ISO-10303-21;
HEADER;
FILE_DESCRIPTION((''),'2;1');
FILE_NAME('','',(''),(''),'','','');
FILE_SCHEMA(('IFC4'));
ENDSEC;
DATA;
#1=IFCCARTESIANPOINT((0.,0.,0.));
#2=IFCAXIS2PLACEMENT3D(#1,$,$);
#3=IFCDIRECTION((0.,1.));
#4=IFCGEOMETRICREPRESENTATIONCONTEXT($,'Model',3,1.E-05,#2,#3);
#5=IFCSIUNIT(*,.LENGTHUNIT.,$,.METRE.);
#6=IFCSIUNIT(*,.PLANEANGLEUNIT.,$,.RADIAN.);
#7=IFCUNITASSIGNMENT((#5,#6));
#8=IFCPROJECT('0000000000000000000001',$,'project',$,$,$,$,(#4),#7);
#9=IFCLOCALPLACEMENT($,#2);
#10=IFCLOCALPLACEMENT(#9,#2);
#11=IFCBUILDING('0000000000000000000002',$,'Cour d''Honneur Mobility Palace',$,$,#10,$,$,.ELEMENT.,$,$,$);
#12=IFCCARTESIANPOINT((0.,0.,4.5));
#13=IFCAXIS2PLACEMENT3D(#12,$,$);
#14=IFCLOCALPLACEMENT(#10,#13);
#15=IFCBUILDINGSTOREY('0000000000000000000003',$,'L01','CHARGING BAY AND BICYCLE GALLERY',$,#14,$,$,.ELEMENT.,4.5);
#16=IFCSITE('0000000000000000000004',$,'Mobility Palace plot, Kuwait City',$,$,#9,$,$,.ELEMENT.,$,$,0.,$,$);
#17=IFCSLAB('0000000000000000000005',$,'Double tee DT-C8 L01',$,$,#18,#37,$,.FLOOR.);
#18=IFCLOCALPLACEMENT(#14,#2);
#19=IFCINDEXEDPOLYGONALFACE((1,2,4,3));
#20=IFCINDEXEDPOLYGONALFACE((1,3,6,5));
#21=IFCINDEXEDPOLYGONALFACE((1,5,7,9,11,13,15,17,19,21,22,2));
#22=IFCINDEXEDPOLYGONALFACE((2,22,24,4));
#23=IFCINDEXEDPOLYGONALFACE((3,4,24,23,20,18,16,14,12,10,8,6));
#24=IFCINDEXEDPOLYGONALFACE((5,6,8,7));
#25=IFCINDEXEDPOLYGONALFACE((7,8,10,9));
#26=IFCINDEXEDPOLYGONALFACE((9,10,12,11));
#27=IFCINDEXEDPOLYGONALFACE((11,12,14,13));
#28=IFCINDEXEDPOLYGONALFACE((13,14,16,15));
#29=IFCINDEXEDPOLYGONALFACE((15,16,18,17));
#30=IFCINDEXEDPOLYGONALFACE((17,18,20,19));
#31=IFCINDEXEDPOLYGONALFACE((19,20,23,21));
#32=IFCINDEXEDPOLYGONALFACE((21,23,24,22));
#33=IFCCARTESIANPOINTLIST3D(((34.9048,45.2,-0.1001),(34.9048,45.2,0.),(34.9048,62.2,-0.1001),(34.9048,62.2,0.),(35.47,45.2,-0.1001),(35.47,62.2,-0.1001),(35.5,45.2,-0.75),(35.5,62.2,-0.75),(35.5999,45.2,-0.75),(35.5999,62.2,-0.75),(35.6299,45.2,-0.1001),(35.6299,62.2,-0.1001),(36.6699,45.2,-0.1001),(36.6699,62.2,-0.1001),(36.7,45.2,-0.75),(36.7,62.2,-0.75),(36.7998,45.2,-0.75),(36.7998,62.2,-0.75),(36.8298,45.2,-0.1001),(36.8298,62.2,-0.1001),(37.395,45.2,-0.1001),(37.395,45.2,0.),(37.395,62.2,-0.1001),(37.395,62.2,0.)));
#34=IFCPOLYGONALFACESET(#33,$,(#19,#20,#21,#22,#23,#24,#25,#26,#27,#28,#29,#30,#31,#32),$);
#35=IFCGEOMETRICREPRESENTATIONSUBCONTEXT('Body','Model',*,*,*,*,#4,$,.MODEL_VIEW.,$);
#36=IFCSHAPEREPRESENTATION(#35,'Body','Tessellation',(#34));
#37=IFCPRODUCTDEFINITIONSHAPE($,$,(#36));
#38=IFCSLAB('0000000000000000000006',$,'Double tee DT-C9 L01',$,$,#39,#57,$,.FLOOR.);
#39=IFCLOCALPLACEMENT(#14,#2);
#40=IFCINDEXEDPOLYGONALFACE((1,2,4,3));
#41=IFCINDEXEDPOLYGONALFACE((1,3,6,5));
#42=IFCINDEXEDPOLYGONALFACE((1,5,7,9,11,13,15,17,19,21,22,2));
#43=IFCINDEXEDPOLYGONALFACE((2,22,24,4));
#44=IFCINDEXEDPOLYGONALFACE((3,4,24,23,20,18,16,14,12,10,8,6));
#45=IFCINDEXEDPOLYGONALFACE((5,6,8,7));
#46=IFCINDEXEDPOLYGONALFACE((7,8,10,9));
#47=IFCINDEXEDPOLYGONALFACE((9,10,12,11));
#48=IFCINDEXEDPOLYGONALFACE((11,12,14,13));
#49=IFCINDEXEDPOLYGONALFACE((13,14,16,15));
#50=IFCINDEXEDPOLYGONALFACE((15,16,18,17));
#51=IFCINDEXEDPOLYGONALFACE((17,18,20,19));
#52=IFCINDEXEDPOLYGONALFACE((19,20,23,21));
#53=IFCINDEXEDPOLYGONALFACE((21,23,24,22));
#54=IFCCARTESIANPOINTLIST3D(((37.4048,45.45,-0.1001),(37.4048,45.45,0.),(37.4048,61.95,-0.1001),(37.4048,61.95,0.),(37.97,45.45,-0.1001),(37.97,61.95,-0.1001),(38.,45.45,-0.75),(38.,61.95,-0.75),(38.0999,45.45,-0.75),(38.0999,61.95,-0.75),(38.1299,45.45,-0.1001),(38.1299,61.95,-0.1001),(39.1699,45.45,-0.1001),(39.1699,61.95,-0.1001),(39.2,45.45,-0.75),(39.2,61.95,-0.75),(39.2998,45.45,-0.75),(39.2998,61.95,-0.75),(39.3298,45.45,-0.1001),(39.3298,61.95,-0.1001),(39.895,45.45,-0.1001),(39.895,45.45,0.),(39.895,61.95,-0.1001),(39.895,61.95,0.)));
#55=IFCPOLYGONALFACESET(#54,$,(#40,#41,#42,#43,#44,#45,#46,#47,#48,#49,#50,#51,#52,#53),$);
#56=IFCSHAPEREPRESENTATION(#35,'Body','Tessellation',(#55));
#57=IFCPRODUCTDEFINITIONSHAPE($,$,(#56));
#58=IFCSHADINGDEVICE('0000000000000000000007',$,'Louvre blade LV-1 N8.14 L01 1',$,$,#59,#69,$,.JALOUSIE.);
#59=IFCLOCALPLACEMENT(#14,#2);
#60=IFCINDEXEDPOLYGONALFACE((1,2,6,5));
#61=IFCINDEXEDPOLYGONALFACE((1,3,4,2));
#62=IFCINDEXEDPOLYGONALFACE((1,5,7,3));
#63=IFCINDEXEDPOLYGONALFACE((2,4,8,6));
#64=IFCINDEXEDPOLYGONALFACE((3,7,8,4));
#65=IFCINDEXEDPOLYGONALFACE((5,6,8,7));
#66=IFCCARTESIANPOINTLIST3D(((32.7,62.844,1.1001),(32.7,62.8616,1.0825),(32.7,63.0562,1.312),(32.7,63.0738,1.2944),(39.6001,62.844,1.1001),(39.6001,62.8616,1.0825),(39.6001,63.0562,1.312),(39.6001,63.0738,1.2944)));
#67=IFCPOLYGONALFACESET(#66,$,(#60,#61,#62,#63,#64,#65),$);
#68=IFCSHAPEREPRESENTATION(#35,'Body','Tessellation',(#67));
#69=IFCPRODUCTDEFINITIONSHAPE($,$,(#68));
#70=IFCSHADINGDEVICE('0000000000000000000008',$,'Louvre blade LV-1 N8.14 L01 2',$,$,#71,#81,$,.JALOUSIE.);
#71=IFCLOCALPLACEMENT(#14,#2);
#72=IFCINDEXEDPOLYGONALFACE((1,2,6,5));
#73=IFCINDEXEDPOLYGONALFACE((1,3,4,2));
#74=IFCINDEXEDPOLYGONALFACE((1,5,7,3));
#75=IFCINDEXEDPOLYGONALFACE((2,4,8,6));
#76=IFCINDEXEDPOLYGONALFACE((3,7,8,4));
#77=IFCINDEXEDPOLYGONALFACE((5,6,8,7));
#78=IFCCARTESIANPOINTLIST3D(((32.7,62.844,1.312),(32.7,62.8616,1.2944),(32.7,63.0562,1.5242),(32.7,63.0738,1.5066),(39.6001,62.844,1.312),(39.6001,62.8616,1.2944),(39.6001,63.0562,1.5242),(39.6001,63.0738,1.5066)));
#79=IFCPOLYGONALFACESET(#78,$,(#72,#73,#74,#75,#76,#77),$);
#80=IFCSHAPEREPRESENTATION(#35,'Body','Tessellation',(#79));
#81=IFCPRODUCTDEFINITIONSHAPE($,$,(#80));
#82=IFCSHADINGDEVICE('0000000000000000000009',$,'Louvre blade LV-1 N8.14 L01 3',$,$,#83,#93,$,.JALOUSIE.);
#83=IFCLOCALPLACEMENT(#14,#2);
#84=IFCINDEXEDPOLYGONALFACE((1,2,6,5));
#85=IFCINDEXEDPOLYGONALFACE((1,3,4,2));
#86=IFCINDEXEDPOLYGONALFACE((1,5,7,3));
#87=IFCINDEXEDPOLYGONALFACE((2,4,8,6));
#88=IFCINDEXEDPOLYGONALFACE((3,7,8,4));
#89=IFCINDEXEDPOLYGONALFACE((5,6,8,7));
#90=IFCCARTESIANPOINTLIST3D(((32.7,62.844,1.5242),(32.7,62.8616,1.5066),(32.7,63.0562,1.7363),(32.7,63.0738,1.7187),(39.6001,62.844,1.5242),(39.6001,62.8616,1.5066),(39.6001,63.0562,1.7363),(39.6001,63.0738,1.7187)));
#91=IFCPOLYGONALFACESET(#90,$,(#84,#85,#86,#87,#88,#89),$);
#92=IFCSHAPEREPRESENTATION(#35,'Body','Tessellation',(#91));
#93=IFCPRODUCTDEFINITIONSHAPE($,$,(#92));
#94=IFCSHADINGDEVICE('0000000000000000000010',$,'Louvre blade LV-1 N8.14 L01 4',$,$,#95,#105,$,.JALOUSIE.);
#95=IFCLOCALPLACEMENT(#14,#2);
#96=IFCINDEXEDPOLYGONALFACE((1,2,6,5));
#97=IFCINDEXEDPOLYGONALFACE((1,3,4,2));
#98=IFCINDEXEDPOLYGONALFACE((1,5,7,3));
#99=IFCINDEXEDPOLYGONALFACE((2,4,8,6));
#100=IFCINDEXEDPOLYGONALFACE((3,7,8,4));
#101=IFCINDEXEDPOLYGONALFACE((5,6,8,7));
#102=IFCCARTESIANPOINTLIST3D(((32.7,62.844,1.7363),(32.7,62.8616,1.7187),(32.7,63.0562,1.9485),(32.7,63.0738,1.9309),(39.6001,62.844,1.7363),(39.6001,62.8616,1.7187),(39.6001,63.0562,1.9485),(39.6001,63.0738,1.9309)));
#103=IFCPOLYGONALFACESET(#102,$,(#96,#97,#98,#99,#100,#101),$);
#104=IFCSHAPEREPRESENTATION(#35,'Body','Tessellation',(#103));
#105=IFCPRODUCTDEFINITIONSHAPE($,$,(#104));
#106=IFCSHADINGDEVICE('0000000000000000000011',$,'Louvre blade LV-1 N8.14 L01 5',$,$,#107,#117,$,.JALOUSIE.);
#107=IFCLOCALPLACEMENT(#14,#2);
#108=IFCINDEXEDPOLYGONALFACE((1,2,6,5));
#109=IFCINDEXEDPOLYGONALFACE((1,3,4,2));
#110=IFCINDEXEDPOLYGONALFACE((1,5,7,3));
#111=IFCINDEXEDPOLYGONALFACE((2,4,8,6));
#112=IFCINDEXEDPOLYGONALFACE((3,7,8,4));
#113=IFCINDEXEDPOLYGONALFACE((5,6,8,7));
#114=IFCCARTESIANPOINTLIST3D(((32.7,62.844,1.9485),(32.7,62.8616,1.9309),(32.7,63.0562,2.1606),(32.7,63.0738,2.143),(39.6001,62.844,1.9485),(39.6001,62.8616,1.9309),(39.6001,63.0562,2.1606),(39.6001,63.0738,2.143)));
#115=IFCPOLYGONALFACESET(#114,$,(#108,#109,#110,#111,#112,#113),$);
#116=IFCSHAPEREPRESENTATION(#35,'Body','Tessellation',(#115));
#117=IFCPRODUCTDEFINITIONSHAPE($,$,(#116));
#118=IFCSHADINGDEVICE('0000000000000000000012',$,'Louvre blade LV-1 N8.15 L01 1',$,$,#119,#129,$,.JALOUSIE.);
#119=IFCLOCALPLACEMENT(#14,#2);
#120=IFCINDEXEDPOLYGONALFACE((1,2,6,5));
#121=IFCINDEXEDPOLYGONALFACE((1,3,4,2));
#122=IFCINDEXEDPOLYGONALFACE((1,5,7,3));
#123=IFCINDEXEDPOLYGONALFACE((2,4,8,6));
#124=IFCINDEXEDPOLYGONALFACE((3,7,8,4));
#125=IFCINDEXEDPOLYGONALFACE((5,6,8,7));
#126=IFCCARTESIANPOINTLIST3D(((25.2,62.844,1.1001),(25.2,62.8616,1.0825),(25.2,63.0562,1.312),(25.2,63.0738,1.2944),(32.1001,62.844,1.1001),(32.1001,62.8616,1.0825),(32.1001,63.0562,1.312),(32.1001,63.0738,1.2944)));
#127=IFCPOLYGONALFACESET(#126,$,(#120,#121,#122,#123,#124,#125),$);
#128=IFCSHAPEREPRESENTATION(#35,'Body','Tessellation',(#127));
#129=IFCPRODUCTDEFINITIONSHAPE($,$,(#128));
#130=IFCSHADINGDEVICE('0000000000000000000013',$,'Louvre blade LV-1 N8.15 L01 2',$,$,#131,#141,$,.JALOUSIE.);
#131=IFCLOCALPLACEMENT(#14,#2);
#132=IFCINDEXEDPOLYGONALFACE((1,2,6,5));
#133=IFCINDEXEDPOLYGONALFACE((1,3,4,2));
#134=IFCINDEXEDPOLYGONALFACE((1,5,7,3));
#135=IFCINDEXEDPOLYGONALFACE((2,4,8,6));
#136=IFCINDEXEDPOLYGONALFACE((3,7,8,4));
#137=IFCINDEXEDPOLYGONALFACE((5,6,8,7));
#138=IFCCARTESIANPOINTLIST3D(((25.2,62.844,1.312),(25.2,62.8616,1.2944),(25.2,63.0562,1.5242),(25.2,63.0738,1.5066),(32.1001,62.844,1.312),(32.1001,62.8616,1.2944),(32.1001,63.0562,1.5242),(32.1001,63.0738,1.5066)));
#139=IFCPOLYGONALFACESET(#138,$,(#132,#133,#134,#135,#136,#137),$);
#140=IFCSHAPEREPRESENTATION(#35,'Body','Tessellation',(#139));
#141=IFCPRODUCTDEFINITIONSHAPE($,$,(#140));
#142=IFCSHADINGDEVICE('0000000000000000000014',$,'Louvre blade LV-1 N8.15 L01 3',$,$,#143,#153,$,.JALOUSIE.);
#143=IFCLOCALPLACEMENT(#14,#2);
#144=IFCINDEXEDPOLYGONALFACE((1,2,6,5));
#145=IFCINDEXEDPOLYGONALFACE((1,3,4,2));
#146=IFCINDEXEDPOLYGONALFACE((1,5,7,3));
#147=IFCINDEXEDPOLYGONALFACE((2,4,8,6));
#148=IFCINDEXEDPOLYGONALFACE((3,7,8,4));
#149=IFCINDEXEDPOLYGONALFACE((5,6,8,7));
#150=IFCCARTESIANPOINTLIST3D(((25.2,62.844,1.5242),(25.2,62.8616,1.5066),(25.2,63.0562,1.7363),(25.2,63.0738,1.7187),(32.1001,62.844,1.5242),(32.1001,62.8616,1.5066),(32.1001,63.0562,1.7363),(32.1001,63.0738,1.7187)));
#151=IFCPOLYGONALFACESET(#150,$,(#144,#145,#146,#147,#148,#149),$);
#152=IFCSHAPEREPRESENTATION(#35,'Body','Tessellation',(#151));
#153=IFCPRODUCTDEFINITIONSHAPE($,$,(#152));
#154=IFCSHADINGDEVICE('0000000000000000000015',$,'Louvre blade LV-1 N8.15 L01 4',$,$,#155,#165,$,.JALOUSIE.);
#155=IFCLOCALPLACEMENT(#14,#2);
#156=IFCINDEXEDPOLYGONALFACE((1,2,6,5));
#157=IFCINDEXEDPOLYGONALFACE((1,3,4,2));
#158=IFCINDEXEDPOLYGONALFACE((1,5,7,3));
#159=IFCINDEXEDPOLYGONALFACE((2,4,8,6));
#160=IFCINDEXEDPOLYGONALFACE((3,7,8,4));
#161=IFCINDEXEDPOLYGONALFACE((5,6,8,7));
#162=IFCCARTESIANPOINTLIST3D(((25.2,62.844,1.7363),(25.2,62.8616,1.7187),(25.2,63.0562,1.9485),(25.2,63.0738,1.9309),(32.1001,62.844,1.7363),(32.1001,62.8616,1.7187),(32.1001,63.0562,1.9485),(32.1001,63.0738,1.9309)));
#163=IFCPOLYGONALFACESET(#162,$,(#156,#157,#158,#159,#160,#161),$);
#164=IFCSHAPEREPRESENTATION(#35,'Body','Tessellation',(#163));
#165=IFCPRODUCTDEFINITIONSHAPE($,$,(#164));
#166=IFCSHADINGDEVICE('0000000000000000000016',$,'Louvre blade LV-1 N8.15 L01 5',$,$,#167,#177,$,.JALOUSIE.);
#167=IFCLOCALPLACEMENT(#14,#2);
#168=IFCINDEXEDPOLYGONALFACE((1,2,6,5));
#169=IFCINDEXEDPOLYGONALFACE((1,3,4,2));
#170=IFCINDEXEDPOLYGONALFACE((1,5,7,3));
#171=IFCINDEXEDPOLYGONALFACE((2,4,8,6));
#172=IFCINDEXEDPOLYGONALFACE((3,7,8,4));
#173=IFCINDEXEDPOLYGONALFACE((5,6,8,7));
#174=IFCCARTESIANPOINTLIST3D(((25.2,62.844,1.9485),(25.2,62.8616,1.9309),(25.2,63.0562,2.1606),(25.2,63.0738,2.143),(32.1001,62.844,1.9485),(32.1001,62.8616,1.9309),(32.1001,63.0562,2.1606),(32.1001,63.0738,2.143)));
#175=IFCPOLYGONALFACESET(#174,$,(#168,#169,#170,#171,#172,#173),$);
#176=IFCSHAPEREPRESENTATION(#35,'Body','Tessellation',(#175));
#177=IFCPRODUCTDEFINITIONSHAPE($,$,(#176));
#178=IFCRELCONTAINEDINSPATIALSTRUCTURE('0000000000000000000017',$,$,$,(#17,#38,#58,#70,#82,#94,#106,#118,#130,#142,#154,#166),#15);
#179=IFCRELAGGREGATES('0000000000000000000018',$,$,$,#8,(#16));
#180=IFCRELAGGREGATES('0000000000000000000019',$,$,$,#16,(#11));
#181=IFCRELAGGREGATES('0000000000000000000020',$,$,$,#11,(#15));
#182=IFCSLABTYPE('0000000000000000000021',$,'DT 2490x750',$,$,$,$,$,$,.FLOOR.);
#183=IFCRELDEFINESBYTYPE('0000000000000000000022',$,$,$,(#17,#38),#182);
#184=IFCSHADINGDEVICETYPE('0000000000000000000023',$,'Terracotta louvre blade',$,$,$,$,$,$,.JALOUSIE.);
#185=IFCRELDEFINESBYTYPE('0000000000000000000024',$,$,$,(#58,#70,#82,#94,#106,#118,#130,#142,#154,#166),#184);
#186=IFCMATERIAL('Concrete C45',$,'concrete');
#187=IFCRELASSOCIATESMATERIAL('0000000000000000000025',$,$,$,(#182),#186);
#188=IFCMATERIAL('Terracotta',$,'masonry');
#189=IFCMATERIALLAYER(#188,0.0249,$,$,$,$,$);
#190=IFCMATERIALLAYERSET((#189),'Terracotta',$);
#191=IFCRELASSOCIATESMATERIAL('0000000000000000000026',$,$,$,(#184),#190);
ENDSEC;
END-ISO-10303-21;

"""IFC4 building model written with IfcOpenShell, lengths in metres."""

from ifc_helpers import new_model, si_unit, direction, frame, origin, place, context, subcontext, project, spatial, polyline, outline, extrude, material, layer, layer_set, material_profile, profile_set, type_object, element, save


model = new_model("IFC4")

# Units and contexts
model_context = context("Model", 3, precision=1e-05, world=origin(), true_north=direction((0.0, 1.0)))
body_context = subcontext(model_context, "Body", "Model", "MODEL_VIEW")
ifc_project = project(units=[si_unit("LENGTHUNIT", "METRE"), si_unit("PLANEANGLEUNIT", "RADIAN")], contexts=[model_context])

# Site, building, storey
site_placement = place(None, origin())
site = spatial("IfcSite", under=ifc_project, at=site_placement, Name="Mobility Palace plot, Kuwait City", CompositionType="ELEMENT", RefElevation=0.0)
building_placement = place(site_placement, origin())
building = spatial("IfcBuilding", under=site, at=building_placement, Name="Cour d'Honneur Mobility Palace", CompositionType="ELEMENT")
storey_placement = place(building_placement, frame((0.0, 0.0, 4.5)))
storey = spatial("IfcBuildingStorey", under=building, at=storey_placement, Name="L01", Description="CHARGING BAY AND BICYCLE GALLERY", CompositionType="ELEMENT", Elevation=4.5)

# Slabs
ifc_material_1 = material(Name="Concrete C45", Category="concrete")
ifc_material_profile_1 = material_profile(ifc_material_1, outline(polyline([(-1.2451, 0.0), (1.2451, 0.0), (1.2451, -0.1001), (0.6799, -0.1001), (0.6499, -0.75), (0.55, -0.75), (0.52, -0.1001), (-0.52, -0.1001), (-0.55, -0.75), (-0.6499, -0.75), (-0.6799, -0.1001), (-1.2451, -0.1001), (-1.2451, 0.0)])), Name="DT 2490x750")
ifc_profile_set_1 = profile_set([ifc_material_profile_1], Name="Concrete C45")
slab_type = type_object("IfcSlabType", Name="DT 2490x750", PredefinedType="FLOOR", material=ifc_profile_set_1)
slab_1_placement = place(storey_placement, frame((36.1499, 45.2, 0.0), z_axis=(0.0, 1.0, 0.0), x_axis=(-1.0, 0.0, 0.0)))
element("IfcSlab", 1, at=slab_1_placement, inside=storey, type_object=slab_type, Name="Double tee DT-C8 L01", PredefinedType="FLOOR", context=body_context, shape_type="SweptSolid", body=[
    extrude(outline(polyline([(-1.2451, 0.0), (1.2451, 0.0), (1.2451, -0.1001), (0.6799, -0.1001), (0.6499, -0.75), (0.55, -0.75), (0.52, -0.1001), (-0.52, -0.1001), (-0.55, -0.75), (-0.6499, -0.75), (-0.6799, -0.1001), (-1.2451, -0.1001), (-1.2451, 0.0)])), origin(), (0.0, 0.0, 1.0), 17.0),
])
slab_2_placement = place(storey_placement, frame((38.6499, 45.45, 0.0), z_axis=(0.0, 1.0, 0.0), x_axis=(-1.0, 0.0, 0.0)))
element("IfcSlab", 2, at=slab_2_placement, inside=storey, type_object=slab_type, Name="Double tee DT-C9 L01", PredefinedType="FLOOR", context=body_context, shape_type="SweptSolid", body=[
    extrude(outline(polyline([(-1.2451, 0.0), (1.2451, 0.0), (1.2451, -0.1001), (0.6799, -0.1001), (0.6499, -0.75), (0.55, -0.75), (0.52, -0.1001), (-0.52, -0.1001), (-0.55, -0.75), (-0.6499, -0.75), (-0.6799, -0.1001), (-1.2451, -0.1001), (-1.2451, 0.0)])), origin(), (0.0, 0.0, 1.0), 16.5),
])

# Shading devices
ifc_material_2 = material(Name="Terracotta", Category="masonry")
ifc_layer = layer(ifc_material_2, 0.0249)
ifc_layer_set = layer_set([ifc_layer], Name="Terracotta")
shading_device_type = type_object("IfcShadingDeviceType", Name="Terracotta louvre blade", PredefinedType="JALOUSIE", material=ifc_layer_set)
shading_device_1_placement = place(storey_placement, frame((39.6001, 62.844, 1.1001), z_axis=(0.0, -0.7067, 0.707514), x_axis=(-1.0, 0.0, 0.0)))
element("IfcShadingDevice", 3, at=shading_device_1_placement, inside=storey, type_object=shading_device_type, Name="Louvre blade LV-1 N8.14 L01 1", PredefinedType="JALOUSIE", context=body_context, shape_type="SweptSolid", body=[
    extrude(outline(polyline([(0.0, 0.0), (6.9001, 0.0), (6.9001, -0.2999), (0.0, -0.2999), (0.0, 0.0)])), origin(), (0.0, 0.0, -1.0), 0.0249),
])
for number, where, z_axis, x_axis, name in (
    (4, (39.6001, 62.844, 1.312), (0.0, -0.707107, 0.707107), (-1.0, 0.0, 0.0), "Louvre blade LV-1 N8.14 L01 2"),
    (5, (39.6001, 62.844, 1.5242), (0.0, -0.707107, 0.707107), (-1.0, 0.0, 0.0), "Louvre blade LV-1 N8.14 L01 3"),
    (6, (39.6001, 62.844, 1.7363), (0.0, -0.707107, 0.707107), (-1.0, 0.0, 0.0), "Louvre blade LV-1 N8.14 L01 4"),
    (7, (39.6001, 62.844, 1.9485), (0.0, -0.707107, 0.707107), (-1.0, 0.0, 0.0), "Louvre blade LV-1 N8.14 L01 5"),
):
    element("IfcShadingDevice", number, at=place(storey_placement, frame(where, z_axis=z_axis, x_axis=x_axis)), inside=storey, type_object=shading_device_type, Name=name, PredefinedType="JALOUSIE", context=body_context, shape_type="SweptSolid", body=[
        extrude(outline(polyline([(0.0, 0.0), (6.9001, 0.0), (6.9001, -0.3), (0.0, -0.3), (0.0, 0.0)])), origin(), (0.0, 0.0, -1.0), 0.0249),
    ])
shading_device_2_placement = place(storey_placement, frame((32.1001, 62.844, 1.1001), z_axis=(0.0, -0.7067, 0.707514), x_axis=(-1.0, 0.0, 0.0)))
element("IfcShadingDevice", 8, at=shading_device_2_placement, inside=storey, type_object=shading_device_type, Name="Louvre blade LV-1 N8.15 L01 1", PredefinedType="JALOUSIE", context=body_context, shape_type="SweptSolid", body=[
    extrude(outline(polyline([(0.0, 0.0), (6.9001, 0.0), (6.9001, -0.2999), (0.0, -0.2999), (0.0, 0.0)])), origin(), (0.0, 0.0, -1.0), 0.0249),
])
for number, where, z_axis, x_axis, name in (
    (9, (32.1001, 62.844, 1.312), (0.0, -0.707107, 0.707107), (-1.0, 0.0, 0.0), "Louvre blade LV-1 N8.15 L01 2"),
    (10, (32.1001, 62.844, 1.5242), (0.0, -0.707107, 0.707107), (-1.0, 0.0, 0.0), "Louvre blade LV-1 N8.15 L01 3"),
    (11, (32.1001, 62.844, 1.7363), (0.0, -0.707107, 0.707107), (-1.0, 0.0, 0.0), "Louvre blade LV-1 N8.15 L01 4"),
    (12, (32.1001, 62.844, 1.9485), (0.0, -0.707107, 0.707107), (-1.0, 0.0, 0.0), "Louvre blade LV-1 N8.15 L01 5"),
):
    element("IfcShadingDevice", number, at=place(storey_placement, frame(where, z_axis=z_axis, x_axis=x_axis)), inside=storey, type_object=shading_device_type, Name=name, PredefinedType="JALOUSIE", context=body_context, shape_type="SweptSolid", body=[
        extrude(outline(polyline([(0.0, 0.0), (6.9001, 0.0), (6.9001, -0.3), (0.0, -0.3), (0.0, 0.0)])), origin(), (0.0, 0.0, -1.0), 0.0249),
    ])

save(model, "model.ifc")
